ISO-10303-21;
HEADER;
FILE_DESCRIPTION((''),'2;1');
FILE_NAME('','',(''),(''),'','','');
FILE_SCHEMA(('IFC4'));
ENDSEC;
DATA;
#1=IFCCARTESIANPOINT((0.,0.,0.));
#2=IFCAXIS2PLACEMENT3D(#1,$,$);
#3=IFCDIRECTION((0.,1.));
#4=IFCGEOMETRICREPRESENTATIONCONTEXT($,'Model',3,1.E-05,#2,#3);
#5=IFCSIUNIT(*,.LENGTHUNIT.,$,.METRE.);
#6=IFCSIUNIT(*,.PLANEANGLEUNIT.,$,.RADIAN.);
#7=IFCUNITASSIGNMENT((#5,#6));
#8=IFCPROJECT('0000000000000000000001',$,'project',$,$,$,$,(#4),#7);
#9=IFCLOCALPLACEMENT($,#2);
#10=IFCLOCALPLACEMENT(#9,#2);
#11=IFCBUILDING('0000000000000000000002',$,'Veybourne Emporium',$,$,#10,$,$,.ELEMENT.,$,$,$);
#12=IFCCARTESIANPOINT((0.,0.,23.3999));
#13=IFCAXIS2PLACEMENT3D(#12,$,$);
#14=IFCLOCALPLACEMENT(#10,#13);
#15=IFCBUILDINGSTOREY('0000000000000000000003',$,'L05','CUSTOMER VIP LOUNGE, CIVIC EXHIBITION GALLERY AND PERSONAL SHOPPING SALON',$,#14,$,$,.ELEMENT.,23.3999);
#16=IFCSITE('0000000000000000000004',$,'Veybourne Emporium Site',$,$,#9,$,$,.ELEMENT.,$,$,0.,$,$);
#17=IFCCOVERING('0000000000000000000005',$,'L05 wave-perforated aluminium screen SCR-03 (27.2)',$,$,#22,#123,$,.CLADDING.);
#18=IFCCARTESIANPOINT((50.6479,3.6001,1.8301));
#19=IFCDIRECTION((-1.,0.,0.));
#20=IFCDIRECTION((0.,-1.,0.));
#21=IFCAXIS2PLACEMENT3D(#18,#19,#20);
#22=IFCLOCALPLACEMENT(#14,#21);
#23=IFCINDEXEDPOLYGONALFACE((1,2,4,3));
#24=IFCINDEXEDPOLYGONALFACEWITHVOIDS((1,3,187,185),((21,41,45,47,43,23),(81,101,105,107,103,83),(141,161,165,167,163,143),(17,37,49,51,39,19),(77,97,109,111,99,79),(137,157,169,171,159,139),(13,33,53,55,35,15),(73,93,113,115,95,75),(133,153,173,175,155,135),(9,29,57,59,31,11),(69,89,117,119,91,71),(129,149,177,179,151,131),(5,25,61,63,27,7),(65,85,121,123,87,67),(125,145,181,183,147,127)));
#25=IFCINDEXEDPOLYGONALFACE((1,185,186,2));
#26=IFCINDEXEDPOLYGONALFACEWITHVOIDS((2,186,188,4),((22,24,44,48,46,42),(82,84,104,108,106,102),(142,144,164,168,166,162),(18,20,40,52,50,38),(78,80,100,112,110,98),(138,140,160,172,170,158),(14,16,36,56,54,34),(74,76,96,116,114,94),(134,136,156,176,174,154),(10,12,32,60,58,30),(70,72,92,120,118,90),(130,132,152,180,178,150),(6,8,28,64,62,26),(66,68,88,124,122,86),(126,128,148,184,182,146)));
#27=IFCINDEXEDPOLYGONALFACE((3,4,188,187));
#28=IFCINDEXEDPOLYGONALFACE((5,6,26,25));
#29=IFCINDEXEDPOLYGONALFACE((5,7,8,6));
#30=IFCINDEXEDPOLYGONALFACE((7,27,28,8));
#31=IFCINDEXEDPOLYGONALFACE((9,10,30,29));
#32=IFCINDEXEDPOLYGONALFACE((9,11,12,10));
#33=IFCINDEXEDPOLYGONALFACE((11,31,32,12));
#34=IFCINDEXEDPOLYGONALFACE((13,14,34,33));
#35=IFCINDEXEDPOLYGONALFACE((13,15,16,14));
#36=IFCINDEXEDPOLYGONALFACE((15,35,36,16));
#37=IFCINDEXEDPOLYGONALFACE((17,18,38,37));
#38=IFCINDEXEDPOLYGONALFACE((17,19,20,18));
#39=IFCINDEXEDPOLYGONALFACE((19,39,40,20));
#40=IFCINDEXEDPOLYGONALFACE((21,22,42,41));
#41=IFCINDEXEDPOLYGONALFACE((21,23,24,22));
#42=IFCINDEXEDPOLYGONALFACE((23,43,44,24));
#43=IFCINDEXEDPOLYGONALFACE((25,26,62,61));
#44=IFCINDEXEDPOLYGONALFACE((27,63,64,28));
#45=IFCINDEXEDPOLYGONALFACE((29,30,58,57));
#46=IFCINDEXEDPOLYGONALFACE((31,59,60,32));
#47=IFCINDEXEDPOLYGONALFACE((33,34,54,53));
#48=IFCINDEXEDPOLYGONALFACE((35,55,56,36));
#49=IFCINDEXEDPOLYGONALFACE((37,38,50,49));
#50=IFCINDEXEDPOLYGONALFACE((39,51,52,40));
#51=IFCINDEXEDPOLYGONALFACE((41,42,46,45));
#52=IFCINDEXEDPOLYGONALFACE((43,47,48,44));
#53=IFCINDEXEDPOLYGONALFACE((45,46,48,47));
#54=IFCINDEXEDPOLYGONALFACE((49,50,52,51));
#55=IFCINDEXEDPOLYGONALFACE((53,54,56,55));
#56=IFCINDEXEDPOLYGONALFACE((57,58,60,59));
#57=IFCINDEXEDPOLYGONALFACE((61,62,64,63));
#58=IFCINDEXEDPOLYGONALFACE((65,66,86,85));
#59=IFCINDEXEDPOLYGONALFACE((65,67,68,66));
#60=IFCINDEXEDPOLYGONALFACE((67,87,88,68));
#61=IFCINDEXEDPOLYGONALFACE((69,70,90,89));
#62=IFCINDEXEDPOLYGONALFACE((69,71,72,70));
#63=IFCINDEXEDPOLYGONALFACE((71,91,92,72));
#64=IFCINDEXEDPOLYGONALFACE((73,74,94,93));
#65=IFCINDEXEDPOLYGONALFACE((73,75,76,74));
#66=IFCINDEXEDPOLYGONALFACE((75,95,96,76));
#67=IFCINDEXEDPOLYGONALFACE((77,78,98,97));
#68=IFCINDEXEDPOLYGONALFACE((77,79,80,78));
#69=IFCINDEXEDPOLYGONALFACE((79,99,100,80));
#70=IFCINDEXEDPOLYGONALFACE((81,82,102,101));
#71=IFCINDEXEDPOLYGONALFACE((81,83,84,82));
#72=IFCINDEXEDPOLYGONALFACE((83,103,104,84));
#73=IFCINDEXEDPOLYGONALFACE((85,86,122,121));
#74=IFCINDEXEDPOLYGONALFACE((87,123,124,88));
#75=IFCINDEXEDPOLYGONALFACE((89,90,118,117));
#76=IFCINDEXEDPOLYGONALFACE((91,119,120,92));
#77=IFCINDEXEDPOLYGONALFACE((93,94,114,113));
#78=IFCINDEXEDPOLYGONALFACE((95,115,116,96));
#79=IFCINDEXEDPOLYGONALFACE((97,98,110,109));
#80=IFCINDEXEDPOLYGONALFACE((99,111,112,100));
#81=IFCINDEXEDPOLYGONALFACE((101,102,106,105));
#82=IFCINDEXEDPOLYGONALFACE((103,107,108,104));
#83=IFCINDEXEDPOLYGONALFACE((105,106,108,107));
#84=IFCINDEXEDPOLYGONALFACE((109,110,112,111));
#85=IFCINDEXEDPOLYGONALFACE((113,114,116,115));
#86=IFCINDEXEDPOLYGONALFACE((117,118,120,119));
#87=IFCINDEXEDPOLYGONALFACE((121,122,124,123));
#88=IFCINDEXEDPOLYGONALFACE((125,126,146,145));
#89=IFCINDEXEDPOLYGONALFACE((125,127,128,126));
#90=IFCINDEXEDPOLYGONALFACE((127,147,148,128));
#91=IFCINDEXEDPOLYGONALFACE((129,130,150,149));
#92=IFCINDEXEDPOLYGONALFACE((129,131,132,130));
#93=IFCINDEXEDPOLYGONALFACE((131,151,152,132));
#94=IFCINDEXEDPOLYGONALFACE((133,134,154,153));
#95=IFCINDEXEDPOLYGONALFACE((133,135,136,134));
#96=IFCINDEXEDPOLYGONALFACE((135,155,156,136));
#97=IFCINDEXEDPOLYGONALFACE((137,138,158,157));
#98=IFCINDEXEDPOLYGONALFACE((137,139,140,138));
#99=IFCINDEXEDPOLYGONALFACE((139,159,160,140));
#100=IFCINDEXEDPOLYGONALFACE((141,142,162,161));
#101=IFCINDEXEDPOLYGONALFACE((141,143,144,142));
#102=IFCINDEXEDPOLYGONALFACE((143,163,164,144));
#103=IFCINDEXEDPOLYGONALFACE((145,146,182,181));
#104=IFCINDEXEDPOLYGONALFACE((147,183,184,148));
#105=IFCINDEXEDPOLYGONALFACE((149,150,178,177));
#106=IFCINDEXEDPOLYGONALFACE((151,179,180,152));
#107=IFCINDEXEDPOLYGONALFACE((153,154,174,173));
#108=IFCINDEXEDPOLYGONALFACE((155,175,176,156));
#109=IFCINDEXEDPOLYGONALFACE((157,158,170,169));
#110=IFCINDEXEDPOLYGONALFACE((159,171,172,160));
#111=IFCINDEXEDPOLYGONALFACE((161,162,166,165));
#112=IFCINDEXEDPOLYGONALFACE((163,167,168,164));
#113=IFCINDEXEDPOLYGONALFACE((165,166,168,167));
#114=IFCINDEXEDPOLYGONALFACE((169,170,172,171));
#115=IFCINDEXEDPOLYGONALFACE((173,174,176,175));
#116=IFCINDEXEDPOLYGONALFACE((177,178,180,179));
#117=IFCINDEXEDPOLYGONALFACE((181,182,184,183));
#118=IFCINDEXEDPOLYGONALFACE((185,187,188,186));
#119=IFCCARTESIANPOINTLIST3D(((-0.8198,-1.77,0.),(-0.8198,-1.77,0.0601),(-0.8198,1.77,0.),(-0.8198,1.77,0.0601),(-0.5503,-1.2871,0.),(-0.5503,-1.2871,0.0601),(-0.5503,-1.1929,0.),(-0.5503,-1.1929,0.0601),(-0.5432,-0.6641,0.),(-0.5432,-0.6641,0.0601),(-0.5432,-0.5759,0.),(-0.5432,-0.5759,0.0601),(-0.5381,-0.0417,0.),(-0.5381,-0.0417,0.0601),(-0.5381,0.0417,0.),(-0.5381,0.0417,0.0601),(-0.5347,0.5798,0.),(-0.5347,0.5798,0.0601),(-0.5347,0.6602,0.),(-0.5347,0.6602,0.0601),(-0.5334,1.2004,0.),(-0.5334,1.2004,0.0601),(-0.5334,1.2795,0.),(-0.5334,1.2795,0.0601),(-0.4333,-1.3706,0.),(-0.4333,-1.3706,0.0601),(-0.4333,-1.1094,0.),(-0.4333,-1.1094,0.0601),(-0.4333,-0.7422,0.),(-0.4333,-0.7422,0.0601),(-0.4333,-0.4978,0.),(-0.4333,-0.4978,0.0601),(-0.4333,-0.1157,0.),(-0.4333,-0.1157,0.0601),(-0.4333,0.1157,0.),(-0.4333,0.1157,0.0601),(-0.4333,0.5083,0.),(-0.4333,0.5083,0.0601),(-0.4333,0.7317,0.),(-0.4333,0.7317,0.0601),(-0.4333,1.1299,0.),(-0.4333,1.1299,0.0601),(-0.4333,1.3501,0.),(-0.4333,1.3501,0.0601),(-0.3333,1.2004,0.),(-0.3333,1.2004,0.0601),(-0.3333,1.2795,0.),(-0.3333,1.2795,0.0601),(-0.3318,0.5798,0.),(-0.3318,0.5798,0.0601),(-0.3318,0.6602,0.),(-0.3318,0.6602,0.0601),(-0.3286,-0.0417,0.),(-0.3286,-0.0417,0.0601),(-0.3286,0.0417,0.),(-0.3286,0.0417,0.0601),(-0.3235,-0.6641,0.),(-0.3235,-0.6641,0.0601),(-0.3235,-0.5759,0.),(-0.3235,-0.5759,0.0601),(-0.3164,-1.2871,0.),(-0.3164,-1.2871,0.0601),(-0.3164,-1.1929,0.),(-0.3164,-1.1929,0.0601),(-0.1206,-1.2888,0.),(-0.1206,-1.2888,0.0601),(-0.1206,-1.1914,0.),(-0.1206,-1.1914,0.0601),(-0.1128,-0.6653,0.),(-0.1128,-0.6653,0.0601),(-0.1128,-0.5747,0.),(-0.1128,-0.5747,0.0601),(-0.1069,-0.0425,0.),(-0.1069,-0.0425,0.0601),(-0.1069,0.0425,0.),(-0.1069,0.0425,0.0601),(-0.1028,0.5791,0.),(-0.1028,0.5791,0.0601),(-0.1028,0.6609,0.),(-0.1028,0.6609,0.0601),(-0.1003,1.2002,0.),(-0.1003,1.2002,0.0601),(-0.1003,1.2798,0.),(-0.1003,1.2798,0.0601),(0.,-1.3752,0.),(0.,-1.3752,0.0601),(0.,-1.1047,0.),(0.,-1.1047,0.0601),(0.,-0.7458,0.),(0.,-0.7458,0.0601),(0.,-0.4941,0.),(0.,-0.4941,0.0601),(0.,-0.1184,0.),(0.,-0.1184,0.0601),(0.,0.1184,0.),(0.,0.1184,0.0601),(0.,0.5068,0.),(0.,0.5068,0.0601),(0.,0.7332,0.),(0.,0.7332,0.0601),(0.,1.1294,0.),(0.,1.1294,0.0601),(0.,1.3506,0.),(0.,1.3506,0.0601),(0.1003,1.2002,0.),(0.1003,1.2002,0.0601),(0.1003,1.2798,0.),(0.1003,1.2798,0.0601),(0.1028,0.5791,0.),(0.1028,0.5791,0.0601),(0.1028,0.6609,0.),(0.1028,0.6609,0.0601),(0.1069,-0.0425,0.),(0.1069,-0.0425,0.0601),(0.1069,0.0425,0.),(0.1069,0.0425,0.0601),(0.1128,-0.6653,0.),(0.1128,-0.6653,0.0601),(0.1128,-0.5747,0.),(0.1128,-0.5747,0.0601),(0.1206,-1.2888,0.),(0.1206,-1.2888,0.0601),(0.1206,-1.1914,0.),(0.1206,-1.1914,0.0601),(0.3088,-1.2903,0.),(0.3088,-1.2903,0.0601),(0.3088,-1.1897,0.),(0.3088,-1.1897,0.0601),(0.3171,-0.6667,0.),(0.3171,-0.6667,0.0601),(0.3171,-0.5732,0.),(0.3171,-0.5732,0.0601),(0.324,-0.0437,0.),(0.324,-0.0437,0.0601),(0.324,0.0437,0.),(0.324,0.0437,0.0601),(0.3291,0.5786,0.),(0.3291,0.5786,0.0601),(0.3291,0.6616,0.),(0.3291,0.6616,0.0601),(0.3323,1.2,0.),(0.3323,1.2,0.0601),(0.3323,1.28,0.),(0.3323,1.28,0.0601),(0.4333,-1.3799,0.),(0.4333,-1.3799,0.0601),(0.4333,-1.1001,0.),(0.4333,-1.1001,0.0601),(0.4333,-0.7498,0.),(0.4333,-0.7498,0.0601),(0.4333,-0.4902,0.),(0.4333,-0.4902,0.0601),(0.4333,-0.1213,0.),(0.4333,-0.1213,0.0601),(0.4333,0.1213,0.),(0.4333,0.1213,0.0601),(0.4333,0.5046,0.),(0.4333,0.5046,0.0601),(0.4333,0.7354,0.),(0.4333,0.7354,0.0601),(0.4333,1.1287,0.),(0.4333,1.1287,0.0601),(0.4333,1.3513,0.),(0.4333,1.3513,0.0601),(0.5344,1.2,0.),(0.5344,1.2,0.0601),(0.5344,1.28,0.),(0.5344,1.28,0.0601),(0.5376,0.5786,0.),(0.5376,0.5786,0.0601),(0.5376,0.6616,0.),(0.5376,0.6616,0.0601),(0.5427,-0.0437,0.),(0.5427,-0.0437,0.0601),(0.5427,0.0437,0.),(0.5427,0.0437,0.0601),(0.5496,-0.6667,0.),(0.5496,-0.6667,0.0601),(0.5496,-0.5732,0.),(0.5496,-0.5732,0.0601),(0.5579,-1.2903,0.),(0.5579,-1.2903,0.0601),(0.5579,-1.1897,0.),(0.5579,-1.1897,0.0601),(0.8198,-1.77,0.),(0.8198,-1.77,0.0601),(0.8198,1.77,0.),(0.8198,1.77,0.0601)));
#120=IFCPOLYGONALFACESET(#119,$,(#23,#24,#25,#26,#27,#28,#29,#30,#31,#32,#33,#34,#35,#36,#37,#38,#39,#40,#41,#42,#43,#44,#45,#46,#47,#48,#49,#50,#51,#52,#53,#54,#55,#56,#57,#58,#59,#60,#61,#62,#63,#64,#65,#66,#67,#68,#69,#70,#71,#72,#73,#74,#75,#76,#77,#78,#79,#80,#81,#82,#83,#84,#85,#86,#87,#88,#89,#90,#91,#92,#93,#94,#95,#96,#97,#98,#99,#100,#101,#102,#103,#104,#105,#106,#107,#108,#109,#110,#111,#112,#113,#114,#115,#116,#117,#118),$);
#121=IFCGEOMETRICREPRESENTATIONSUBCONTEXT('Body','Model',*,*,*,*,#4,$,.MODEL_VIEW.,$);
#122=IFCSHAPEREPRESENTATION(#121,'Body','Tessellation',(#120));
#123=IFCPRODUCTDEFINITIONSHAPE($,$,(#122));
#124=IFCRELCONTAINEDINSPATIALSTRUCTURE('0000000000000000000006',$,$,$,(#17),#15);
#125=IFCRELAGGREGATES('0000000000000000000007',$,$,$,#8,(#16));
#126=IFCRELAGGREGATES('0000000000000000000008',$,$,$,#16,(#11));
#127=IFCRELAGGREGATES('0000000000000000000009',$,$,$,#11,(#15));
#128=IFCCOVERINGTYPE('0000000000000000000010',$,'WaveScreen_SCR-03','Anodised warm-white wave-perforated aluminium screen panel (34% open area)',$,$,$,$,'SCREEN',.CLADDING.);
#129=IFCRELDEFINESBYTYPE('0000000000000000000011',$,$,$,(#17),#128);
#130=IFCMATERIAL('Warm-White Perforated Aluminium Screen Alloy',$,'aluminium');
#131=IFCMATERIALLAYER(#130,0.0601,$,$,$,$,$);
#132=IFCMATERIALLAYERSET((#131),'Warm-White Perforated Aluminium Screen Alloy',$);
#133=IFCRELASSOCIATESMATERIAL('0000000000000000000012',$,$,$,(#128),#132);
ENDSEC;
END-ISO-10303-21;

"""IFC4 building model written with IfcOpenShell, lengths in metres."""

from ifc_helpers import new_model, si_unit, direction, frame, origin, place, context, subcontext, project, spatial, polyline, outline, extrude, material, layer, layer_set, type_object, element, save


model = new_model("IFC4")

# Units and contexts
model_context = context("Model", 3, precision=1e-05, world=origin(), true_north=direction((0.0, 1.0)))
body_context = subcontext(model_context, "Body", "Model", "MODEL_VIEW")
ifc_project = project(units=[si_unit("LENGTHUNIT", "METRE"), si_unit("PLANEANGLEUNIT", "RADIAN")], contexts=[model_context])

# Site, building, storey
site_placement = place(None, origin())
site = spatial("IfcSite", under=ifc_project, at=site_placement, Name="Veybourne Emporium Site", CompositionType="ELEMENT", RefElevation=0.0)
building_placement = place(site_placement, origin())
building = spatial("IfcBuilding", under=site, at=building_placement, Name="Veybourne Emporium", CompositionType="ELEMENT")
storey_placement = place(building_placement, frame((0.0, 0.0, 23.3999)))
storey = spatial("IfcBuildingStorey", under=building, at=storey_placement, Name="L05", Description="CUSTOMER VIP LOUNGE, CIVIC EXHIBITION GALLERY AND PERSONAL SHOPPING SALON", CompositionType="ELEMENT", Elevation=23.3999)

# Covering
ifc_material_1 = material(Name="Warm-White Perforated Aluminium Screen Alloy", Category="aluminium")
ifc_layer_1 = layer(ifc_material_1, 0.0601)
ifc_layer_set_1 = layer_set([ifc_layer_1], Name="Warm-White Perforated Aluminium Screen Alloy")
covering_type_1 = type_object("IfcCoveringType", Name="WaveScreen_SCR-03", Description="Anodised warm-white wave-perforated aluminium screen panel (34% open area)", ElementType="SCREEN", PredefinedType="CLADDING", material=ifc_layer_set_1)
covering_1_placement = place(storey_placement, frame((50.6479, 3.6001, 1.8301), z_axis=(-1.0, 0.0, 0.0), x_axis=(0.0, -1.0, 0.0)))
element("IfcCovering", 1, at=covering_1_placement, inside=storey, type_object=covering_type_1, Name="L05 wave-perforated aluminium screen SCR-03 (27.2)", PredefinedType="CLADDING", context=body_context, shape_type="SweptSolid", body=[
    extrude(outline(polyline([(-0.8198, -1.77), (0.8198, -1.77), (0.8198, 1.77), (-0.8198, 1.77), (-0.8198, -1.77)]), holes=[polyline([(-0.4333, -1.1094), (-0.3164, -1.1929), (-0.3164, -1.2871), (-0.4333, -1.3706), (-0.5503, -1.2871), (-0.5503, -1.1929), (-0.4333, -1.1094)]), polyline([(-0.4333, -0.4978), (-0.3235, -0.5759), (-0.3235, -0.6641), (-0.4333, -0.7422), (-0.5432, -0.6641), (-0.5432, -0.5759), (-0.4333, -0.4978)]), polyline([(-0.4333, 0.1157), (-0.3286, 0.0417), (-0.3286, -0.0417), (-0.4333, -0.1157), (-0.5381, -0.0417), (-0.5381, 0.0417), (-0.4333, 0.1157)]), polyline([(-0.4333, 0.7317), (-0.3318, 0.6602), (-0.3318, 0.5798), (-0.4333, 0.5083), (-0.5347, 0.5798), (-0.5347, 0.6602), (-0.4333, 0.7317)]), polyline([(-0.4333, 1.3501), (-0.3333, 1.2795), (-0.3333, 1.2004), (-0.4333, 1.1299), (-0.5334, 1.2004), (-0.5334, 1.2795), (-0.4333, 1.3501)]), polyline([(0.0, -1.1047), (0.1206, -1.1914), (0.1206, -1.2888), (0.0, -1.3752), (-0.1206, -1.2888), (-0.1206, -1.1914), (0.0, -1.1047)]), polyline([(0.0, -0.4941), (0.1128, -0.5747), (0.1128, -0.6653), (0.0, -0.7458), (-0.1128, -0.6653), (-0.1128, -0.5747), (0.0, -0.4941)]), polyline([(0.0, 0.1184), (0.1069, 0.0425), (0.1069, -0.0425), (0.0, -0.1184), (-0.1069, -0.0425), (-0.1069, 0.0425), (0.0, 0.1184)]), polyline([(0.0, 0.7332), (0.1028, 0.6609), (0.1028, 0.5791), (0.0, 0.5068), (-0.1028, 0.5791), (-0.1028, 0.6609), (0.0, 0.7332)]), polyline([(0.0, 1.3506), (0.1003, 1.2798), (0.1003, 1.2002), (0.0, 1.1294), (-0.1003, 1.2002), (-0.1003, 1.2798), (0.0, 1.3506)]), polyline([(0.4333, -1.1001), (0.5579, -1.1897), (0.5579, -1.2903), (0.4333, -1.3799), (0.3088, -1.2903), (0.3088, -1.1897), (0.4333, -1.1001)]), polyline([(0.4333, -0.4902), (0.5496, -0.5732), (0.5496, -0.6667), (0.4333, -0.7498), (0.3171, -0.6667), (0.3171, -0.5732), (0.4333, -0.4902)]), polyline([(0.4333, 0.1213), (0.5427, 0.0437), (0.5427, -0.0437), (0.4333, -0.1213), (0.324, -0.0437), (0.324, 0.0437), (0.4333, 0.1213)]), polyline([(0.4333, 0.7354), (0.5376, 0.6616), (0.5376, 0.5786), (0.4333, 0.5046), (0.3291, 0.5786), (0.3291, 0.6616), (0.4333, 0.7354)]), polyline([(0.4333, 1.3513), (0.5344, 1.28), (0.5344, 1.2), (0.4333, 1.1287), (0.3323, 1.2), (0.3323, 1.28), (0.4333, 1.3513)])]), origin(), (0.0, 0.0, 1.0), 0.0601),
])

save(model, "model.ifc")
